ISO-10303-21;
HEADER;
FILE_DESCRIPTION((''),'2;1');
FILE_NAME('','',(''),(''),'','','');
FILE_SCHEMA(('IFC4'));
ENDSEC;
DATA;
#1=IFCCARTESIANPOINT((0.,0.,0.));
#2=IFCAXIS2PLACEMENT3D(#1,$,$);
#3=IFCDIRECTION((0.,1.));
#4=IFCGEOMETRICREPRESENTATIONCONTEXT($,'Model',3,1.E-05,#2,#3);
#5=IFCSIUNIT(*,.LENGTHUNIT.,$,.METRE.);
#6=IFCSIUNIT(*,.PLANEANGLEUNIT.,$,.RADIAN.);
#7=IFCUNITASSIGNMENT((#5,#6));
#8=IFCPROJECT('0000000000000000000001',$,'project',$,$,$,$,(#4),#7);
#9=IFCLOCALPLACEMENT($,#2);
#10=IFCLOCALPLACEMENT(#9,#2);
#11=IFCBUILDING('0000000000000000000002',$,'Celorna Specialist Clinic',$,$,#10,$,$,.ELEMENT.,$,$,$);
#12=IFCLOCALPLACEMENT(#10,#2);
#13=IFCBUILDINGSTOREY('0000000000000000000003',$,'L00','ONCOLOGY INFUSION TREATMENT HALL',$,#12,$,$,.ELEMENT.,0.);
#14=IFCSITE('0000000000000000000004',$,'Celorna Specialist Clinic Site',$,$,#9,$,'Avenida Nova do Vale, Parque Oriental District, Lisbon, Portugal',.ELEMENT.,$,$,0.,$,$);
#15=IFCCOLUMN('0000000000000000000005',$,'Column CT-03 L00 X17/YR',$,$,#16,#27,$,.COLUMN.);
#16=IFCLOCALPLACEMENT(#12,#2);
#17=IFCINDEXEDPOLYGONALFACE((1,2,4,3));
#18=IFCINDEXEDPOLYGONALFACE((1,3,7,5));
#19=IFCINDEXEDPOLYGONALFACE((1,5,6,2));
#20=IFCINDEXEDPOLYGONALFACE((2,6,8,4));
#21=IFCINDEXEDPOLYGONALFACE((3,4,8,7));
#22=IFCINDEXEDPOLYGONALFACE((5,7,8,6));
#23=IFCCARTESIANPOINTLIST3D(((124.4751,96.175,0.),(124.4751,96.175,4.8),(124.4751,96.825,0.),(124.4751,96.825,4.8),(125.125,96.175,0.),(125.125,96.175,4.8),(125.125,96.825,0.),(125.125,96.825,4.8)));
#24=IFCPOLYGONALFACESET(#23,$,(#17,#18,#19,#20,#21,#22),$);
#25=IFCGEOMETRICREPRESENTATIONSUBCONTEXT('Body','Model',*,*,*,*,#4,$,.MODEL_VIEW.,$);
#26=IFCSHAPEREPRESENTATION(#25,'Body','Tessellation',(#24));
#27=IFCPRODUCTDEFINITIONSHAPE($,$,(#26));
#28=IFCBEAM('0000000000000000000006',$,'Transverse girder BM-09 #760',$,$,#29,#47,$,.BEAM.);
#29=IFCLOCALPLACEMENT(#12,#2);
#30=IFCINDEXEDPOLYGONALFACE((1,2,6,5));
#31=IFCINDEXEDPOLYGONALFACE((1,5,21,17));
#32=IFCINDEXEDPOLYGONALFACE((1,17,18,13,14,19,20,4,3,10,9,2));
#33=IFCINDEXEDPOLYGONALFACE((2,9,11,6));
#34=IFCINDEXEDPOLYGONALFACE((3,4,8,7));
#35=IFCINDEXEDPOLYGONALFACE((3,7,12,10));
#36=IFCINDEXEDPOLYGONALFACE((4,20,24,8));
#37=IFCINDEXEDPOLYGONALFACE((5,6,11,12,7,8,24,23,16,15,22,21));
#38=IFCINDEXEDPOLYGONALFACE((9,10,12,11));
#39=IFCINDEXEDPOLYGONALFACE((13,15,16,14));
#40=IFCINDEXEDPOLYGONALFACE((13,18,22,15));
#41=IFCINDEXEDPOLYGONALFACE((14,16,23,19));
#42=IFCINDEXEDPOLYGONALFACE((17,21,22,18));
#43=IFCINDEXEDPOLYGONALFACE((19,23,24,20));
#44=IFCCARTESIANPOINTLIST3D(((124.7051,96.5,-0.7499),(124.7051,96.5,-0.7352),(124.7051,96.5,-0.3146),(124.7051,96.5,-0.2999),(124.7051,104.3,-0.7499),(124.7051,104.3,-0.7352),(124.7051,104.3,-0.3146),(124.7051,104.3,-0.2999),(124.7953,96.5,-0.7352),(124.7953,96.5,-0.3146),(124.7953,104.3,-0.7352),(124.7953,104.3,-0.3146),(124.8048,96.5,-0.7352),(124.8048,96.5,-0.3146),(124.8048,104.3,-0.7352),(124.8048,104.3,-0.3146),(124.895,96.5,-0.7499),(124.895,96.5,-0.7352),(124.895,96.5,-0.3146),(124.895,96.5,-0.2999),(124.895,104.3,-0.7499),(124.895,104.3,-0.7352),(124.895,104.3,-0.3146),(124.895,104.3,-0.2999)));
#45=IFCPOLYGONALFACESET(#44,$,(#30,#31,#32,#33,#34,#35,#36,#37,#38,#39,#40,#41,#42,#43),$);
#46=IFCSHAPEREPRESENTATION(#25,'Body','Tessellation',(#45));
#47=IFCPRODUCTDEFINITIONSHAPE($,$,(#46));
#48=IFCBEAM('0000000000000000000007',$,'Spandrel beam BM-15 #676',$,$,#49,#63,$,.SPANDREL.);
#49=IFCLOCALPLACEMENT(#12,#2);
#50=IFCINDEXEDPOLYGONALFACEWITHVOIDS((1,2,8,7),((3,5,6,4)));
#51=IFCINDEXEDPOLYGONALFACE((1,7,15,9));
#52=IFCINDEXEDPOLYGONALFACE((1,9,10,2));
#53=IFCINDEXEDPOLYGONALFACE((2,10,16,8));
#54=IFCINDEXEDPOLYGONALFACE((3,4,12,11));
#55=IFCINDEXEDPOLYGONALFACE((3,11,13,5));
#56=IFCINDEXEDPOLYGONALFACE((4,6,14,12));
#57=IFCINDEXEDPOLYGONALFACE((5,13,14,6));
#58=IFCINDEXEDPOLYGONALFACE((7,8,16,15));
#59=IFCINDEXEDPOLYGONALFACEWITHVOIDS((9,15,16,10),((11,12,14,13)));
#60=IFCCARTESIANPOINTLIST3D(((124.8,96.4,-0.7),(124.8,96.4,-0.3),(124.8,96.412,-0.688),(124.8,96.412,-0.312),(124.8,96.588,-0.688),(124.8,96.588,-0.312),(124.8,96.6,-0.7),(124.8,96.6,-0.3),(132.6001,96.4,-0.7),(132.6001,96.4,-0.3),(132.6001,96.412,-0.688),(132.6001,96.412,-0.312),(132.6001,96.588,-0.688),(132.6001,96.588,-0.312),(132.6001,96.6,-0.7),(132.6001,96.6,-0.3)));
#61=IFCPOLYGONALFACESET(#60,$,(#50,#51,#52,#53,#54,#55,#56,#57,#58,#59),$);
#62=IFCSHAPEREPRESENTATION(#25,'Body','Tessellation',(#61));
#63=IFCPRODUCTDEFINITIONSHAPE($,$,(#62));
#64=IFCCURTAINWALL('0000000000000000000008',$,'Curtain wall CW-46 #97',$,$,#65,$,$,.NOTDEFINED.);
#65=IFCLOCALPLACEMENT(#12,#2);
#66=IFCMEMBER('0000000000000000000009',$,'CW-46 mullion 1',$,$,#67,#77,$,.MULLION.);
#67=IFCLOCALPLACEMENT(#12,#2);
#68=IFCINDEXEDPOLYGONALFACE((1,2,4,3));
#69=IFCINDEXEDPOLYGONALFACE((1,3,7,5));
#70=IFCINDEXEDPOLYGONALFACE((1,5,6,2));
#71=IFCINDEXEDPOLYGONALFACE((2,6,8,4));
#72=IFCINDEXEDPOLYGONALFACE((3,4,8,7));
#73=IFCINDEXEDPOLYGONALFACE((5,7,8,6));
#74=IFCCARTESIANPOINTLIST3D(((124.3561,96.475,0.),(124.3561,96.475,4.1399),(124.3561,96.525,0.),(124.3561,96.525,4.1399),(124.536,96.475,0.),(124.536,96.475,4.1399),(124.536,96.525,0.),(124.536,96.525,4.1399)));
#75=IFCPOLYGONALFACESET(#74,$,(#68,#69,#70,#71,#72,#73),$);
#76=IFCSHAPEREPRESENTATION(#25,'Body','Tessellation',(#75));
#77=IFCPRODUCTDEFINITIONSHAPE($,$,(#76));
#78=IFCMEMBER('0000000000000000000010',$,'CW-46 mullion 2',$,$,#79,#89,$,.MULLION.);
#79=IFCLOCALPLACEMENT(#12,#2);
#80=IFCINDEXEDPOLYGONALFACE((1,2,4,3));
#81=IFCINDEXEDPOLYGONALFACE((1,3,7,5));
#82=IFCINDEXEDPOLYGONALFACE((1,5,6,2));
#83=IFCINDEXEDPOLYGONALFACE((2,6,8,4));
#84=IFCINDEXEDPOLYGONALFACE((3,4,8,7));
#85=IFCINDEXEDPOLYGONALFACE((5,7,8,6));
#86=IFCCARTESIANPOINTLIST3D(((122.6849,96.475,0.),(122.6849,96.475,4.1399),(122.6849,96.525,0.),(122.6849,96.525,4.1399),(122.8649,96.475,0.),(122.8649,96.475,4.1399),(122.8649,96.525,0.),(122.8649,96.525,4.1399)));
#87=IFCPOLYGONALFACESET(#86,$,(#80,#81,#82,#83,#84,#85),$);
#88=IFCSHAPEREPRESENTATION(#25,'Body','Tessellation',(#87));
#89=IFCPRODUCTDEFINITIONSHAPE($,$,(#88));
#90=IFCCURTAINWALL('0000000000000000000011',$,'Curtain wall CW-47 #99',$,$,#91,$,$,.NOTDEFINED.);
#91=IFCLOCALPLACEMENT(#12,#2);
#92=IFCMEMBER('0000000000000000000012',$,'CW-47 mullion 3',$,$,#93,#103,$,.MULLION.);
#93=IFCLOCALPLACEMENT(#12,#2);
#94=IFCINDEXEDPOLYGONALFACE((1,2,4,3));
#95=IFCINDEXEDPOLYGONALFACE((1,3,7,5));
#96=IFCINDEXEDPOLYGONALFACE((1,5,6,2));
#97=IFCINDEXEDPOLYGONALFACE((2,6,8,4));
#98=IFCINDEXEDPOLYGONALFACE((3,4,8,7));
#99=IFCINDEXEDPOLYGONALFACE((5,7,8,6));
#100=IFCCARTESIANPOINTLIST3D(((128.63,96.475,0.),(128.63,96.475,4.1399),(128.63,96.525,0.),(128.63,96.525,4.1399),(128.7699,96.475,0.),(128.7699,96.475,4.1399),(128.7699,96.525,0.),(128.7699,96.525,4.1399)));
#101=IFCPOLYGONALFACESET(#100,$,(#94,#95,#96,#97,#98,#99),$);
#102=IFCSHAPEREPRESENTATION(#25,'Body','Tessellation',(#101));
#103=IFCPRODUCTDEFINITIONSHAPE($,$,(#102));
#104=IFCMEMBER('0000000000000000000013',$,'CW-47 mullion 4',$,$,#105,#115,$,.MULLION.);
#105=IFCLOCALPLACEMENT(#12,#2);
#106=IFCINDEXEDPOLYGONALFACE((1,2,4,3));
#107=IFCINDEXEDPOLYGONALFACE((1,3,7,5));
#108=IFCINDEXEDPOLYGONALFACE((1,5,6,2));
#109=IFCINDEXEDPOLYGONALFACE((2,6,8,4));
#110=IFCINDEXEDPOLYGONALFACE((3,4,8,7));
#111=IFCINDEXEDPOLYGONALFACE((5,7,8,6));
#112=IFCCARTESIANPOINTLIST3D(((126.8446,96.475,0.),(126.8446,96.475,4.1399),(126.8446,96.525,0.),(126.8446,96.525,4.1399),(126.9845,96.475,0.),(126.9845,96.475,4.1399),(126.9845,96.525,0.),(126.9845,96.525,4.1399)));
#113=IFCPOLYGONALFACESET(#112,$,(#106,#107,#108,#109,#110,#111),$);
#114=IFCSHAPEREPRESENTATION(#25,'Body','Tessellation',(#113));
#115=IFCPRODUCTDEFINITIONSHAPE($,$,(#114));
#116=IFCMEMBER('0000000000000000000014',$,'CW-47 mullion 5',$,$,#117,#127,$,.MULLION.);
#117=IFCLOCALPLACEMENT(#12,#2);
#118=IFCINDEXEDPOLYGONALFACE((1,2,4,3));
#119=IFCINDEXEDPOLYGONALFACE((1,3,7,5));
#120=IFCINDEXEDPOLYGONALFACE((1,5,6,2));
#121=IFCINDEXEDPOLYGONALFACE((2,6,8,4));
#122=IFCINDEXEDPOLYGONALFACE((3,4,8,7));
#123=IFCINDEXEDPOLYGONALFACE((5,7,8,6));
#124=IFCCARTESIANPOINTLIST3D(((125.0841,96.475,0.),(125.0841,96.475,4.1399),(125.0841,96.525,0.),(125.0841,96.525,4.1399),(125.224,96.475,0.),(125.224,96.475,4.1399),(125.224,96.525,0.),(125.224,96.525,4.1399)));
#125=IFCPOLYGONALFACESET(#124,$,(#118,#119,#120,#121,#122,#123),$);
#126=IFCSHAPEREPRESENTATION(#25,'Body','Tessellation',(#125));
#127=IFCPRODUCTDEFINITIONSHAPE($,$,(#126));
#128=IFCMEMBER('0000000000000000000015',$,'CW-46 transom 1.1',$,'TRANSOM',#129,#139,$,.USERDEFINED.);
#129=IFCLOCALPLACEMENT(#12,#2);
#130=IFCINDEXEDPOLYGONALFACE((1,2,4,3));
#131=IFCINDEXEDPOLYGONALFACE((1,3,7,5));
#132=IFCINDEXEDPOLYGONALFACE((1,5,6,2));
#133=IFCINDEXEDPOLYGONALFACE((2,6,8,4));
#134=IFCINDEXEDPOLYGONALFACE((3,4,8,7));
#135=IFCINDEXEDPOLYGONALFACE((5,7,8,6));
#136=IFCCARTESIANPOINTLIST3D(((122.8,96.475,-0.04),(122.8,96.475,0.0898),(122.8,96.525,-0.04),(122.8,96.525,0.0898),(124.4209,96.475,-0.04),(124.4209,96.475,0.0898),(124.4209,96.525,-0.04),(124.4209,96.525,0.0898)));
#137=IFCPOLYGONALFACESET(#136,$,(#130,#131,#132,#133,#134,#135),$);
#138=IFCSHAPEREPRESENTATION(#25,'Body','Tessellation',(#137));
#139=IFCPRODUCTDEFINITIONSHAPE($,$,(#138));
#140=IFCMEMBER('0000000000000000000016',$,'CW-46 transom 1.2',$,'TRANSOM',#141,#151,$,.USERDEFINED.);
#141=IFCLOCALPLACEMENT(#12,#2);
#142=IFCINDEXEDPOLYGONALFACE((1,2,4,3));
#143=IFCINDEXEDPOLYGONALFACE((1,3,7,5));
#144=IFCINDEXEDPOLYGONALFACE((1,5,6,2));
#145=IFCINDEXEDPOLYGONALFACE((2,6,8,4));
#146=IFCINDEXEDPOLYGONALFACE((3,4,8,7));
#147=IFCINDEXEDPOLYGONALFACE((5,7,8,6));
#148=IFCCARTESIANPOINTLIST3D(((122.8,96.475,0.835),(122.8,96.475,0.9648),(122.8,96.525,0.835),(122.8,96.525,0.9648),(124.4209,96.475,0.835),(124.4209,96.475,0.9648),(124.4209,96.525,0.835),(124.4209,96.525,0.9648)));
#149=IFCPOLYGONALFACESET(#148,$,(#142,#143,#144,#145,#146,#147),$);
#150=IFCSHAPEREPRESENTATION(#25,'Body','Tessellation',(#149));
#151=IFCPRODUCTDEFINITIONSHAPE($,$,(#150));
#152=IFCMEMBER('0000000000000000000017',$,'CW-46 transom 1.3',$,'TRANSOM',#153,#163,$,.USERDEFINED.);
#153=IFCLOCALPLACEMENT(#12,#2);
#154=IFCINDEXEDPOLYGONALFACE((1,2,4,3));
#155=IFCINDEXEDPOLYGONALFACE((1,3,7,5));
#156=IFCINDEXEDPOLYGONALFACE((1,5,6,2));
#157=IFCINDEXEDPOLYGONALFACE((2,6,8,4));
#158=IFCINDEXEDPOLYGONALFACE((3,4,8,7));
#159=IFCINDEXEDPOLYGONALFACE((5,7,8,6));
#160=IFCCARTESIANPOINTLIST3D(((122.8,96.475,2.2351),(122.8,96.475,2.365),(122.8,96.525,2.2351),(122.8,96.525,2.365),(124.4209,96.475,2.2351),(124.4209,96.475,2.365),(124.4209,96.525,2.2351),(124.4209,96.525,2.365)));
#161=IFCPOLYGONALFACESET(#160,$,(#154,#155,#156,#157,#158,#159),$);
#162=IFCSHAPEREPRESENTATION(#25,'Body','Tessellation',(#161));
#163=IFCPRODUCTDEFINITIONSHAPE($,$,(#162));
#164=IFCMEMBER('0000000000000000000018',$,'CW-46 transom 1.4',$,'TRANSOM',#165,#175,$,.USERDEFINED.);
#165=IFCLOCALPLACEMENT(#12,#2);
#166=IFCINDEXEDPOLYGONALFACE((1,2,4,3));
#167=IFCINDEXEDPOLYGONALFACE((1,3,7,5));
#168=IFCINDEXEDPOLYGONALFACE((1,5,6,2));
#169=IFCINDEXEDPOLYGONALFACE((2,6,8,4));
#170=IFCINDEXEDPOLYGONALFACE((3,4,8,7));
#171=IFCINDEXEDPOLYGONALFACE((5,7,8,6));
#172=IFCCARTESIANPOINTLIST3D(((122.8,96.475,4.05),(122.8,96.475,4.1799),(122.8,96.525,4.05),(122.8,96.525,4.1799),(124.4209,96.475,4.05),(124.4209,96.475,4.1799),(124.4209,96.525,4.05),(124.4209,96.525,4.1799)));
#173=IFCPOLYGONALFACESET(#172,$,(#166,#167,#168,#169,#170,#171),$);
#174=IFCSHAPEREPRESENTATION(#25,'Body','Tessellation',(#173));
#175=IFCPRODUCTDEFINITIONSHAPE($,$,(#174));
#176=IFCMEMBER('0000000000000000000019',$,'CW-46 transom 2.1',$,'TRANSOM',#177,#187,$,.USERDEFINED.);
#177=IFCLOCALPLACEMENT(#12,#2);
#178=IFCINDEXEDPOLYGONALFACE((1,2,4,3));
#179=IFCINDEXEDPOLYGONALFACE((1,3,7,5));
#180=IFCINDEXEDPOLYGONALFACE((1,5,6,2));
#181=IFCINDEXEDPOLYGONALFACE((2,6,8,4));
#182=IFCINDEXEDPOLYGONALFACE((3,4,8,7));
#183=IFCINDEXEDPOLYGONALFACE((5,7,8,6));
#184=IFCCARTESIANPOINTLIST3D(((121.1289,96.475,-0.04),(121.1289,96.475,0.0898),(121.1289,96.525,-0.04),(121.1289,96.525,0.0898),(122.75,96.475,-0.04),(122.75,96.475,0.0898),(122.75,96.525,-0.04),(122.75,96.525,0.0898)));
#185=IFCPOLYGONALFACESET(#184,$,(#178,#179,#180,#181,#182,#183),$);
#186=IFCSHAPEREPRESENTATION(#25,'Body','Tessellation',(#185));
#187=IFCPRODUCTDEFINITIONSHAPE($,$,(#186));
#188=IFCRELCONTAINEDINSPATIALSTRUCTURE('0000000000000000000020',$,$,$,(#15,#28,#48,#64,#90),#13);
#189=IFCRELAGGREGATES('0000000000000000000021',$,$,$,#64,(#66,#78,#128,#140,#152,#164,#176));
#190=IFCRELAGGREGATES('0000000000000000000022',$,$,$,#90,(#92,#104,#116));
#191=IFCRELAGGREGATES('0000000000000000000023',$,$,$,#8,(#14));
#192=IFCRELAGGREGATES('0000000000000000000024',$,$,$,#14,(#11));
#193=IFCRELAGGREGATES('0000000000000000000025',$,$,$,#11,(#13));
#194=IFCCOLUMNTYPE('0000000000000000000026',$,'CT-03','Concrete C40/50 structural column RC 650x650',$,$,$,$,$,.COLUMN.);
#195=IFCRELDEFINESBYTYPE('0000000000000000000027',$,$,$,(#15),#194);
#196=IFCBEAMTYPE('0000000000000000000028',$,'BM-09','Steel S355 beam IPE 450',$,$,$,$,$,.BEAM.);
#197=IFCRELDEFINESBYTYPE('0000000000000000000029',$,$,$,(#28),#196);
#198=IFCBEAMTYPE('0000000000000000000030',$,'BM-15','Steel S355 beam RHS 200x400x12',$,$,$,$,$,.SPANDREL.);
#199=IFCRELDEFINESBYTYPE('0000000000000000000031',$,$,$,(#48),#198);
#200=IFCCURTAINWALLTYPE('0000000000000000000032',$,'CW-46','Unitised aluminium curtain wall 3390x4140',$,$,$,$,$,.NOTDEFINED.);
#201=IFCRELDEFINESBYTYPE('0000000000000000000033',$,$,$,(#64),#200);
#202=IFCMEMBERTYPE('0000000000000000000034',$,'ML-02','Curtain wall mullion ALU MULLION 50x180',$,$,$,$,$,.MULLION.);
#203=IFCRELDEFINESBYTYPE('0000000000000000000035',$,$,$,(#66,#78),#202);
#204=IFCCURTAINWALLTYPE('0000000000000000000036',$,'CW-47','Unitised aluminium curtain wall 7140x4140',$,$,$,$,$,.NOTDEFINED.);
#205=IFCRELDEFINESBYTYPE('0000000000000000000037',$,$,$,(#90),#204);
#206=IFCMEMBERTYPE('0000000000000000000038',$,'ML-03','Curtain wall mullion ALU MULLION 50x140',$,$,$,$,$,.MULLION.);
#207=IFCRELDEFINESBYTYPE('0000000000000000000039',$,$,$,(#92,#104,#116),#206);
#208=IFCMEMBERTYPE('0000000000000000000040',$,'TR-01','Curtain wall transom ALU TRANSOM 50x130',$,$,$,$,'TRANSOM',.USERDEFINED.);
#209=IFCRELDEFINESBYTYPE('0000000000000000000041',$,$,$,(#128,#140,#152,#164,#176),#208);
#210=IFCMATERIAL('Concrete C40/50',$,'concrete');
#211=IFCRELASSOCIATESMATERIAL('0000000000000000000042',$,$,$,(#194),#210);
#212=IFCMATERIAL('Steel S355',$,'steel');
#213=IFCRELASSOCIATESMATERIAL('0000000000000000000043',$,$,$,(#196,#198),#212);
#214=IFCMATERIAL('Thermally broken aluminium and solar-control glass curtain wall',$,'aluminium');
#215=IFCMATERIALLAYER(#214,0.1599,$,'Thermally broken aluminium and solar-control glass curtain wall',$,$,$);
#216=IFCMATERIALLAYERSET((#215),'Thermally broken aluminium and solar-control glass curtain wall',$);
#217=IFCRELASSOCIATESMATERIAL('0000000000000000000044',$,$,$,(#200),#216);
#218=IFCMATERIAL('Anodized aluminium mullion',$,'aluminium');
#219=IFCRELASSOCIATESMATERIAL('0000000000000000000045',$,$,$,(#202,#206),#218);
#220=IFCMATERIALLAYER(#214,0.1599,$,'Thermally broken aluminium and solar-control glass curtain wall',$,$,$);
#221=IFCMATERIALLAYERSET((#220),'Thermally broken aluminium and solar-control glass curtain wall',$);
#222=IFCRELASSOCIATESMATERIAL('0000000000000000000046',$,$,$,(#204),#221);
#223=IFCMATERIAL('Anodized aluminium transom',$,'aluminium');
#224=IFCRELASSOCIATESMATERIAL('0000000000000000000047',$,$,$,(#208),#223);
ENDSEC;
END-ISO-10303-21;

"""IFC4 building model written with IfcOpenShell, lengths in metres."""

from ifc_helpers import new_model, si_unit, direction, frame, origin, origin_2d, place, context, subcontext, project, spatial, rectangle, hollow_rectangle, i_section, extrude, material, layer, layer_set, material_profile, profile_set, type_object, element, aggregate, save


model = new_model("IFC4")

# Units and contexts
model_context = context("Model", 3, precision=1e-05, world=origin(), true_north=direction((0.0, 1.0)))
body_context = subcontext(model_context, "Body", "Model", "MODEL_VIEW")
ifc_project = project(units=[si_unit("LENGTHUNIT", "METRE"), si_unit("PLANEANGLEUNIT", "RADIAN")], contexts=[model_context])

# Site, building, storey
site_placement = place(None, origin())
site = spatial("IfcSite", under=ifc_project, at=site_placement, Name="Celorna Specialist Clinic Site", LongName="Avenida Nova do Vale, Parque Oriental District, Lisbon, Portugal", CompositionType="ELEMENT", RefElevation=0.0)
building_placement = place(site_placement, origin())
building = spatial("IfcBuilding", under=site, at=building_placement, Name="Celorna Specialist Clinic", CompositionType="ELEMENT")
storey_placement = place(building_placement, origin())
storey = spatial("IfcBuildingStorey", under=building, at=storey_placement, Name="L00", Description="ONCOLOGY INFUSION TREATMENT HALL", CompositionType="ELEMENT", Elevation=0.0)

# Column
ifc_material_1 = material(Name="Concrete C40/50", Category="concrete")
ifc_material_profile_1 = material_profile(ifc_material_1, rectangle(XDim=0.6499, YDim=0.6499, at=origin_2d()), Name="RC 650x650")
ifc_profile_set_1 = profile_set([ifc_material_profile_1], Name="Concrete C40/50")
column_type = type_object("IfcColumnType", Name="CT-03", Description="Concrete C40/50 structural column RC 650x650", PredefinedType="COLUMN", material=ifc_profile_set_1)
column_placement = place(storey_placement, frame((124.8, 96.5, 0.0), z_axis=(0.0, 0.0, 1.0), x_axis=(1.0, 0.0, 0.0)))
element("IfcColumn", 1, at=column_placement, inside=storey, type_object=column_type, Name="Column CT-03 L00 X17/YR", PredefinedType="COLUMN", context=body_context, shape_type="SweptSolid", body=[
    extrude(rectangle(XDim=0.6499, YDim=0.6499, at=origin_2d()), origin(), (0.0, 0.0, 1.0), 4.8),
])

# Beams
ifc_material_2 = material(Name="Steel S355", Category="steel")
ifc_material_profile_2 = material_profile(ifc_material_2, i_section(OverallWidth=0.1899, OverallDepth=0.45, WebThickness=0.0095, FlangeThickness=0.0146, at=origin_2d()), Name="IPE 450")
ifc_profile_set_2 = profile_set([ifc_material_profile_2], Name="Steel S355")
beam_type_1 = type_object("IfcBeamType", Name="BM-09", Description="Steel S355 beam IPE 450", PredefinedType="BEAM", material=ifc_profile_set_2)
beam_1_placement = place(storey_placement, frame((124.8, 96.5, -0.5249), z_axis=(0.0, 1.0, 0.0), x_axis=(-1.0, 0.0, 0.0)))
element("IfcBeam", 2, at=beam_1_placement, inside=storey, type_object=beam_type_1, Name="Transverse girder BM-09 #760", PredefinedType="BEAM", context=body_context, shape_type="SweptSolid", body=[
    extrude(i_section(OverallWidth=0.1899, OverallDepth=0.45, WebThickness=0.0095, FlangeThickness=0.0146, at=origin_2d()), origin(), (0.0, 0.0, 1.0), 7.8),
])
ifc_material_profile_3 = material_profile(ifc_material_2, hollow_rectangle(XDim=0.2, YDim=0.3999, WallThickness=0.012, at=origin_2d()), Name="RHS 200x400x12")
ifc_profile_set_3 = profile_set([ifc_material_profile_3], Name="Steel S355")
beam_type_2 = type_object("IfcBeamType", Name="BM-15", Description="Steel S355 beam RHS 200x400x12", PredefinedType="SPANDREL", material=ifc_profile_set_3)
beam_2_placement = place(storey_placement, frame((124.8, 96.5, -0.5), z_axis=(1.0, 0.0, 0.0), x_axis=(0.0, 1.0, 0.0)))
element("IfcBeam", 3, at=beam_2_placement, inside=storey, type_object=beam_type_2, Name="Spandrel beam BM-15 #676", PredefinedType="SPANDREL", context=body_context, shape_type="SweptSolid", body=[
    extrude(hollow_rectangle(XDim=0.2, YDim=0.3999, WallThickness=0.012, at=origin_2d()), origin(), (0.0, 0.0, 1.0), 7.8),
])

# Curtain walls, members
ifc_material_3 = material(Name="Thermally broken aluminium and solar-control glass curtain wall", Category="aluminium")
ifc_layer_1 = layer(ifc_material_3, 0.1599, Name="Thermally broken aluminium and solar-control glass curtain wall")
ifc_layer_set_1 = layer_set([ifc_layer_1], Name="Thermally broken aluminium and solar-control glass curtain wall")
curtain_wall_type_1 = type_object("IfcCurtainWallType", Name="CW-46", Description="Unitised aluminium curtain wall 3390x4140", PredefinedType="NOTDEFINED", material=ifc_layer_set_1)
curtain_wall_1_placement = place(storey_placement, origin())
curtain_wall_1 = element("IfcCurtainWall", 4, at=curtain_wall_1_placement, inside=storey, type_object=curtain_wall_type_1, Name="Curtain wall CW-46 #97", PredefinedType="NOTDEFINED")
ifc_material_4 = material(Name="Anodized aluminium mullion", Category="aluminium")
ifc_material_profile_4 = material_profile(ifc_material_4, rectangle(XDim=0.05, YDim=0.1799, at=origin_2d()), Name="ALU MULLION 50x180")
ifc_profile_set_4 = profile_set([ifc_material_profile_4], Name="Anodized aluminium mullion")
member_type_1 = type_object("IfcMemberType", Name="ML-02", Description="Curtain wall mullion ALU MULLION 50x180", PredefinedType="MULLION", material=ifc_profile_set_4)
member_1_placement = place(storey_placement, frame((124.446, 96.5, 0.0), z_axis=(0.0, 0.0, 1.0), x_axis=(0.0, -1.0, 0.0)))
member_1 = element("IfcMember", 5, at=member_1_placement, type_object=member_type_1, Name="CW-46 mullion 1", PredefinedType="MULLION", context=body_context, shape_type="SweptSolid", body=[
    extrude(rectangle(XDim=0.05, YDim=0.1799, at=origin_2d()), origin(), (0.0, 0.0, 1.0), 4.1399),
])
member_2_placement = place(storey_placement, frame((122.7749, 96.5, 0.0), z_axis=(0.0, 0.0, 1.0), x_axis=(0.0, -1.0, 0.0)))
member_2 = element("IfcMember", 6, at=member_2_placement, type_object=member_type_1, Name="CW-46 mullion 2", PredefinedType="MULLION", context=body_context, shape_type="SweptSolid", body=[
    extrude(rectangle(XDim=0.05, YDim=0.1799, at=origin_2d()), origin(), (0.0, 0.0, 1.0), 4.1399),
])
ifc_layer_2 = layer(ifc_material_3, 0.1599, Name="Thermally broken aluminium and solar-control glass curtain wall")
ifc_layer_set_2 = layer_set([ifc_layer_2], Name="Thermally broken aluminium and solar-control glass curtain wall")
curtain_wall_type_2 = type_object("IfcCurtainWallType", Name="CW-47", Description="Unitised aluminium curtain wall 7140x4140", PredefinedType="NOTDEFINED", material=ifc_layer_set_2)
curtain_wall_2_placement = place(storey_placement, origin())
curtain_wall_2 = element("IfcCurtainWall", 7, at=curtain_wall_2_placement, inside=storey, type_object=curtain_wall_type_2, Name="Curtain wall CW-47 #99", PredefinedType="NOTDEFINED")
ifc_material_profile_5 = material_profile(ifc_material_4, rectangle(XDim=0.05, YDim=0.1399, at=origin_2d()), Name="ALU MULLION 50x140")
ifc_profile_set_5 = profile_set([ifc_material_profile_5], Name="Anodized aluminium mullion")
member_type_2 = type_object("IfcMemberType", Name="ML-03", Description="Curtain wall mullion ALU MULLION 50x140", PredefinedType="MULLION", material=ifc_profile_set_5)
member_3_placement = place(storey_placement, frame((128.7, 96.5, 0.0), z_axis=(0.0, 0.0, 1.0), x_axis=(0.0, -1.0, 0.0)))
member_3 = element("IfcMember", 8, at=member_3_placement, type_object=member_type_2, Name="CW-47 mullion 3", PredefinedType="MULLION", context=body_context, shape_type="SweptSolid", body=[
    extrude(rectangle(XDim=0.05, YDim=0.1399, at=origin_2d()), origin(), (0.0, 0.0, 1.0), 4.1399),
])
member_4_placement = place(storey_placement, frame((126.9146, 96.5, 0.0), z_axis=(0.0, 0.0, 1.0), x_axis=(0.0, -1.0, 0.0)))
member_4 = element("IfcMember", 9, at=member_4_placement, type_object=member_type_2, Name="CW-47 mullion 4", PredefinedType="MULLION", context=body_context, shape_type="SweptSolid", body=[
    extrude(rectangle(XDim=0.05, YDim=0.1399, at=origin_2d()), origin(), (0.0, 0.0, 1.0), 4.1399),
])
member_5_placement = place(storey_placement, frame((125.1541, 96.5, 0.0), z_axis=(0.0, 0.0, 1.0), x_axis=(0.0, -1.0, 0.0)))
member_5 = element("IfcMember", 10, at=member_5_placement, type_object=member_type_2, Name="CW-47 mullion 5", PredefinedType="MULLION", context=body_context, shape_type="SweptSolid", body=[
    extrude(rectangle(XDim=0.05, YDim=0.1399, at=origin_2d()), origin(), (0.0, 0.0, 1.0), 4.1399),
])

# Members
ifc_material_5 = material(Name="Anodized aluminium transom", Category="aluminium")
ifc_material_profile_6 = material_profile(ifc_material_5, rectangle(XDim=0.05, YDim=0.1299, at=origin_2d()), Name="ALU TRANSOM 50x130")
ifc_profile_set_6 = profile_set([ifc_material_profile_6], Name="Anodized aluminium transom")
member_type_3 = type_object("IfcMemberType", Name="TR-01", Description="Curtain wall transom ALU TRANSOM 50x130", ElementType="TRANSOM", PredefinedType="USERDEFINED", material=ifc_profile_set_6)
member_6_placement = place(storey_placement, frame((124.4209, 96.5, 0.0249), z_axis=(-1.0, 0.0, 0.0), x_axis=(0.0, -1.0, 0.0)))
member_6 = element("IfcMember", 11, at=member_6_placement, type_object=member_type_3, Name="CW-46 transom 1.1", ObjectType="TRANSOM", PredefinedType="USERDEFINED", context=body_context, shape_type="SweptSolid", body=[
    extrude(rectangle(XDim=0.05, YDim=0.1299, at=origin_2d()), origin(), (0.0, 0.0, 1.0), 1.6208),
])
member_7_placement = place(storey_placement, frame((124.4209, 96.5, 0.8999), z_axis=(-1.0, 0.0, 0.0), x_axis=(0.0, -1.0, 0.0)))
member_7 = element("IfcMember", 12, at=member_7_placement, type_object=member_type_3, Name="CW-46 transom 1.2", ObjectType="TRANSOM", PredefinedType="USERDEFINED", context=body_context, shape_type="SweptSolid", body=[
    extrude(rectangle(XDim=0.05, YDim=0.1299, at=origin_2d()), origin(), (0.0, 0.0, 1.0), 1.6208),
])
member_8_placement = place(storey_placement, frame((124.4209, 96.5, 2.3), z_axis=(-1.0, 0.0, 0.0), x_axis=(0.0, -1.0, 0.0)))
member_8 = element("IfcMember", 13, at=member_8_placement, type_object=member_type_3, Name="CW-46 transom 1.3", ObjectType="TRANSOM", PredefinedType="USERDEFINED", context=body_context, shape_type="SweptSolid", body=[
    extrude(rectangle(XDim=0.05, YDim=0.1299, at=origin_2d()), origin(), (0.0, 0.0, 1.0), 1.6208),
])
member_9_placement = place(storey_placement, frame((124.4209, 96.5, 4.115), z_axis=(-1.0, 0.0, 0.0), x_axis=(0.0, -1.0, 0.0)))
member_9 = element("IfcMember", 14, at=member_9_placement, type_object=member_type_3, Name="CW-46 transom 1.4", ObjectType="TRANSOM", PredefinedType="USERDEFINED", context=body_context, shape_type="SweptSolid", body=[
    extrude(rectangle(XDim=0.05, YDim=0.1299, at=origin_2d()), origin(), (0.0, 0.0, 1.0), 1.6208),
])
member_10_placement = place(storey_placement, frame((122.75, 96.5, 0.0249), z_axis=(-1.0, 0.0, 0.0), x_axis=(0.0, -1.0, 0.0)))
member_10 = element("IfcMember", 15, at=member_10_placement, type_object=member_type_3, Name="CW-46 transom 2.1", ObjectType="TRANSOM", PredefinedType="USERDEFINED", context=body_context, shape_type="SweptSolid", body=[
    extrude(rectangle(XDim=0.05, YDim=0.1299, at=origin_2d()), origin(), (0.0, 0.0, 1.0), 1.6211),
])

aggregate(curtain_wall_1, [member_1, member_2, member_6, member_7, member_8, member_9, member_10])
aggregate(curtain_wall_2, [member_3, member_4, member_5])

save(model, "model.ifc")
